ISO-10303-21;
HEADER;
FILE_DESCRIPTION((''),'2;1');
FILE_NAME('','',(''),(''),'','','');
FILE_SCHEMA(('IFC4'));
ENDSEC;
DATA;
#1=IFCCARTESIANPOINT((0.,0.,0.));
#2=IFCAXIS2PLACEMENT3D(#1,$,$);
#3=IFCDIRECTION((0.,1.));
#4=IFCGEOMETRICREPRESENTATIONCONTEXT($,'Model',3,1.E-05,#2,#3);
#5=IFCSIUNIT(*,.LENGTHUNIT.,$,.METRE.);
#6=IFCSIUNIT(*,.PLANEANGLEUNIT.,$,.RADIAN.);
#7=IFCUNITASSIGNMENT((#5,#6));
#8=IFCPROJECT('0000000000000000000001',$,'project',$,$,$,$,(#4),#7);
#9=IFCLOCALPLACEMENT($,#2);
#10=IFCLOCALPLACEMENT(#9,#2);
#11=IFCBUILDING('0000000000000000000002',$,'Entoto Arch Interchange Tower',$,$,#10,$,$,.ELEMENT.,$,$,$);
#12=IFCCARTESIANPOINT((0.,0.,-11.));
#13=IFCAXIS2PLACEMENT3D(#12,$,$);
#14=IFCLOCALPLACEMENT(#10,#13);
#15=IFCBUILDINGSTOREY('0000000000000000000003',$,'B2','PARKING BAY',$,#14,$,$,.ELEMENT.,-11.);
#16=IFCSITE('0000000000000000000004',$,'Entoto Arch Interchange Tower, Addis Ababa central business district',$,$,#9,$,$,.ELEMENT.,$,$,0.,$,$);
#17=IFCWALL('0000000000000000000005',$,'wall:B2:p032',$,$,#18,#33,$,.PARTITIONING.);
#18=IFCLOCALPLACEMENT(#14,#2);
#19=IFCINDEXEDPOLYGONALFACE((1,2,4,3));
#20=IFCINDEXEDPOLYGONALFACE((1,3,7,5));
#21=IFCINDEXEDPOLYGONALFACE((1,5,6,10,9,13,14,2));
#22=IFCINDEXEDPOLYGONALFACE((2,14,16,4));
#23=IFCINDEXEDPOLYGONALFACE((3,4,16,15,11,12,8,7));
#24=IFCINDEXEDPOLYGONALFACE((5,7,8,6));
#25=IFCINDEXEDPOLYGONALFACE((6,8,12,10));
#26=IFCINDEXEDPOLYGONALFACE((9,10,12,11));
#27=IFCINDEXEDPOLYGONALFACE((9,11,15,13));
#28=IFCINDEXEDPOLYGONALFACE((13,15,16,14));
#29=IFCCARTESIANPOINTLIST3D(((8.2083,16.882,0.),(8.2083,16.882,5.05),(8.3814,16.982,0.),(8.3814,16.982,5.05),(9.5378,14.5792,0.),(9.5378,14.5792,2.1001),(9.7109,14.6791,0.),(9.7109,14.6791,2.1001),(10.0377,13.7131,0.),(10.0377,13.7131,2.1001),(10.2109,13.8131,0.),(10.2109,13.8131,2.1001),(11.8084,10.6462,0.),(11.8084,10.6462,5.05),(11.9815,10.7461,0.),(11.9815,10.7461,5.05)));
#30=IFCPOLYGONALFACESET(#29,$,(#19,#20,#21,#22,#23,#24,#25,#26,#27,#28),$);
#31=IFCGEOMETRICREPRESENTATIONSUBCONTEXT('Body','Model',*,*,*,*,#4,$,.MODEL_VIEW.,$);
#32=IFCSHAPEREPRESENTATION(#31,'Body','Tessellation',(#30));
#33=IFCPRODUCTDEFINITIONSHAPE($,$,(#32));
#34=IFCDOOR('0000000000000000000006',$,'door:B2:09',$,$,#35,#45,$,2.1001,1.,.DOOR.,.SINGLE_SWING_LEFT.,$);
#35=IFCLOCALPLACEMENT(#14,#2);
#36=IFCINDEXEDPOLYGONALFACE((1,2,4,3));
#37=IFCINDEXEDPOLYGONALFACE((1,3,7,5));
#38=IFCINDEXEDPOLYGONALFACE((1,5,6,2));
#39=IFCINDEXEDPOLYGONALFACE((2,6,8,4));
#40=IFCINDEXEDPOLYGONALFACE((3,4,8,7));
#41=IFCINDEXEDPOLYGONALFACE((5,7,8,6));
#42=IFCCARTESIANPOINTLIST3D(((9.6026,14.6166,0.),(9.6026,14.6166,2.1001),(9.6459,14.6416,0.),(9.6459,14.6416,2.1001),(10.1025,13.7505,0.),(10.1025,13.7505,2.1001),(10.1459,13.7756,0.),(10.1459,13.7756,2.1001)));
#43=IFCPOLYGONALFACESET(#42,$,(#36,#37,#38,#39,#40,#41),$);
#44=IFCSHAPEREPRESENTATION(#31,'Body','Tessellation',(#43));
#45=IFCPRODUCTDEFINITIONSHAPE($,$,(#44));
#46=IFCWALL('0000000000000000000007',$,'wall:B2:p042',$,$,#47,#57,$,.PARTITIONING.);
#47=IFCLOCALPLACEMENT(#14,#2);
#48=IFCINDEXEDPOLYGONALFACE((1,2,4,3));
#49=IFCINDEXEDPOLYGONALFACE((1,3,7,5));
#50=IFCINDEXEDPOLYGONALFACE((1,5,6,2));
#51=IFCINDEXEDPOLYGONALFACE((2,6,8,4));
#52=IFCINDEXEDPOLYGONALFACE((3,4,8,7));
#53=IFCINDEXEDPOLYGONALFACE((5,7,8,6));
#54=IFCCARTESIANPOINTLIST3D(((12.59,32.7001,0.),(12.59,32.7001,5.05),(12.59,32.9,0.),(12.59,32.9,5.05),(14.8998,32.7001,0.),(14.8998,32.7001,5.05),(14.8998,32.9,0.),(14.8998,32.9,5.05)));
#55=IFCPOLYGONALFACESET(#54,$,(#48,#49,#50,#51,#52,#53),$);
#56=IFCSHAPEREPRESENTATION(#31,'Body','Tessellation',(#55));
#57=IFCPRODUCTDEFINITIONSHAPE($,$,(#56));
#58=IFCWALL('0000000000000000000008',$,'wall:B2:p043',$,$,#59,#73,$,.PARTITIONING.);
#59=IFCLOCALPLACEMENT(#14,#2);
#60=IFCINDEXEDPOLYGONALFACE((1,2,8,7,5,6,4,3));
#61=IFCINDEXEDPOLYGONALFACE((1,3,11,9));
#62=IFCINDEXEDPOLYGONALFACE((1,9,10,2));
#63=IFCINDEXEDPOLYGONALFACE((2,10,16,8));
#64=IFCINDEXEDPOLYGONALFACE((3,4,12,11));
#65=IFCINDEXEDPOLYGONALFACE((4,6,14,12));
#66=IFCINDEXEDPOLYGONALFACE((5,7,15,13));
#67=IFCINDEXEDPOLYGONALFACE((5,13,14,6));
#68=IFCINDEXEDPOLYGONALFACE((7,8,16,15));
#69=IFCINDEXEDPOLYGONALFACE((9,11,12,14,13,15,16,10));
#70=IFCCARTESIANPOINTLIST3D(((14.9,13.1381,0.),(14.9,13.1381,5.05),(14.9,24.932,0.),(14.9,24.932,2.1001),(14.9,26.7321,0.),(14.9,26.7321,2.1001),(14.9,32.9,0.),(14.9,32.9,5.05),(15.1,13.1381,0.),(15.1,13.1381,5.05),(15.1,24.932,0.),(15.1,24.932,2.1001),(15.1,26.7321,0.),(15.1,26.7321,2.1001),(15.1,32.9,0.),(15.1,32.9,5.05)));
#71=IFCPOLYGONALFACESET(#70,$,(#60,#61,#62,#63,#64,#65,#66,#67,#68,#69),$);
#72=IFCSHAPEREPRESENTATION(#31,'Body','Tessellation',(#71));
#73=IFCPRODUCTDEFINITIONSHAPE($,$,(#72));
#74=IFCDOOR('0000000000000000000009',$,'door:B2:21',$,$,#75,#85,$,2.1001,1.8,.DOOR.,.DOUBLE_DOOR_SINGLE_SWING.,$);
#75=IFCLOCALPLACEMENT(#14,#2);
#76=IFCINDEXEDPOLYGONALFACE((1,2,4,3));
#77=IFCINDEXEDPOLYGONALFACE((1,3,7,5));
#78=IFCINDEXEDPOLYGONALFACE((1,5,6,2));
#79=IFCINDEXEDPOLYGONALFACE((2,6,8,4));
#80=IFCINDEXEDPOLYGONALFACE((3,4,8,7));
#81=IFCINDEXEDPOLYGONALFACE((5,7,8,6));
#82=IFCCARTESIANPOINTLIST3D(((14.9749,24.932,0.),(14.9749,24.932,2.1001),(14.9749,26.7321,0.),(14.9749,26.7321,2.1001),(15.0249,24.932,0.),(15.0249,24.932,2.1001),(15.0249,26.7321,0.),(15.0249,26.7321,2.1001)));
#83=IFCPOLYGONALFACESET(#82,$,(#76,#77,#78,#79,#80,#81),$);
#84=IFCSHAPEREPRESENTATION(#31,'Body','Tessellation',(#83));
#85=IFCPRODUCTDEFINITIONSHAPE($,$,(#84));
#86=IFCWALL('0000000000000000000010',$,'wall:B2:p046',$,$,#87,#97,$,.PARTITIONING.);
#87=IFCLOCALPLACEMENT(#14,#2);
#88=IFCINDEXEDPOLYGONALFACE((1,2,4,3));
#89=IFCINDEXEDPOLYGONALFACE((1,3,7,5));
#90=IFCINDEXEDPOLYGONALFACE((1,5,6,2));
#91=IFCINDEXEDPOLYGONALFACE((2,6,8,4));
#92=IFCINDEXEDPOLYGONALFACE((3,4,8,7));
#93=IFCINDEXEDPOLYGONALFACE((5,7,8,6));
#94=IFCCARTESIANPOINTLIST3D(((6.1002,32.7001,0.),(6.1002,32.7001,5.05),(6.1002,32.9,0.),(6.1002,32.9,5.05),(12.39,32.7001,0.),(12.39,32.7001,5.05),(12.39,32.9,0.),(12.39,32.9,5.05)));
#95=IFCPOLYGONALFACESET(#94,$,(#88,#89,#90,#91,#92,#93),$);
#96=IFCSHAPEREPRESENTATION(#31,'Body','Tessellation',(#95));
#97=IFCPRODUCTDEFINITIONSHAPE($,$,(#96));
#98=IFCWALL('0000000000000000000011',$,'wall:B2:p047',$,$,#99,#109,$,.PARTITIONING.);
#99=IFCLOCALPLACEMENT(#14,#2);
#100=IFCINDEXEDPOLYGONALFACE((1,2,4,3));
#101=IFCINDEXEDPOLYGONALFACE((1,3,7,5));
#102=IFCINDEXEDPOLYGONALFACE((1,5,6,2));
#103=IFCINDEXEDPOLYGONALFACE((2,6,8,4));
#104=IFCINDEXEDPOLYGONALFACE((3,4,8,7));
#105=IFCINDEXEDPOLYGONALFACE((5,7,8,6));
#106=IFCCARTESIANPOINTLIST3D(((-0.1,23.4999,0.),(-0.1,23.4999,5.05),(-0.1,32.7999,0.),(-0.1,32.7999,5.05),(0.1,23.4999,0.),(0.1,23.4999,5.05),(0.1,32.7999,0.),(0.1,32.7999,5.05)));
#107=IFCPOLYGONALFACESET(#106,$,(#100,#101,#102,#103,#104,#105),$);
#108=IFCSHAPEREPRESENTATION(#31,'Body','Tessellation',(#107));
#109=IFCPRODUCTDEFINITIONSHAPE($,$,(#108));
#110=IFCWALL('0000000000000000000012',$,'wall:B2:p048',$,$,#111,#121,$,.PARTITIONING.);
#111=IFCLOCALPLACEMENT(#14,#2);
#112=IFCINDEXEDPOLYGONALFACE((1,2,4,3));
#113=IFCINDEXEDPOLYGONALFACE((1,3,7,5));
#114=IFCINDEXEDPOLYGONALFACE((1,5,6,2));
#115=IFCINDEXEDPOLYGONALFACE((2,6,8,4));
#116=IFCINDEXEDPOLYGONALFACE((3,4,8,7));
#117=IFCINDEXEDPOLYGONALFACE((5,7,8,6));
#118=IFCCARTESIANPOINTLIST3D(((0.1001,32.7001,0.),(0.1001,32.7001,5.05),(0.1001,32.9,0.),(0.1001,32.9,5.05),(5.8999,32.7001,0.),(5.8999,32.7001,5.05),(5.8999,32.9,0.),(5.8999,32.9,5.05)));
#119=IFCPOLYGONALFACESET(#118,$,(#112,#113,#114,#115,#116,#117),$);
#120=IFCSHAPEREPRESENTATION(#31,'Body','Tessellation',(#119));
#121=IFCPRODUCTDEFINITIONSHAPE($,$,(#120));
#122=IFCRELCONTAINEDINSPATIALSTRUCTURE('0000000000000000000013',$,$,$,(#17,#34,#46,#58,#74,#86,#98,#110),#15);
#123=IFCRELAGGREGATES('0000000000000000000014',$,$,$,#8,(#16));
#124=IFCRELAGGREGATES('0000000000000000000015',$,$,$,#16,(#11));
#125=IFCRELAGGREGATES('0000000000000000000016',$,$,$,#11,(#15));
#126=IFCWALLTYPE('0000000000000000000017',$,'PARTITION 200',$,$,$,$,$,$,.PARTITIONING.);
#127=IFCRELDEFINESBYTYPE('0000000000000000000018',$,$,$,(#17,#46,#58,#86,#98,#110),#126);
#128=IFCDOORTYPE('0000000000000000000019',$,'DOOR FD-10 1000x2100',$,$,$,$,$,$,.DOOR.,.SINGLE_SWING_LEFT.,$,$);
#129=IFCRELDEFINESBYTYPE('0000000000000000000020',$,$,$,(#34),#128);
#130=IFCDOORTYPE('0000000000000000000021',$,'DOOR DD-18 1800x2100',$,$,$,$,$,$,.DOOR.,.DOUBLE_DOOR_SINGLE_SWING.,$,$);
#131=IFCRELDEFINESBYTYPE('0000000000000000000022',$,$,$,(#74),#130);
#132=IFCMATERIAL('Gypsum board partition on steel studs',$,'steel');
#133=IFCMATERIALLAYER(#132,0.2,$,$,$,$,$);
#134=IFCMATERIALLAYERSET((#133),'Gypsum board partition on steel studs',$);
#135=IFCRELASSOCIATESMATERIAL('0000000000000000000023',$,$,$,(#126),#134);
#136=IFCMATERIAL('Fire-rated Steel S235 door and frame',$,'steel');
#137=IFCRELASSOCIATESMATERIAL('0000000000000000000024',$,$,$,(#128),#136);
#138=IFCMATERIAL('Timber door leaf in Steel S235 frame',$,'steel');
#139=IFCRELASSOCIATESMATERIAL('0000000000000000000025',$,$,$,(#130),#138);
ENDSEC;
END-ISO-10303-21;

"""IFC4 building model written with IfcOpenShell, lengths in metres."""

from ifc_helpers import new_model, si_unit, direction, frame, frame_2d, origin, place, context, subcontext, project, spatial, rectangle, extrude, material, layer, layer_set, type_object, element, fill, save


model = new_model("IFC4")

# Units and contexts
model_context = context("Model", 3, precision=1e-05, world=origin(), true_north=direction((0.0, 1.0)))
body_context = subcontext(model_context, "Body", "Model", "MODEL_VIEW")
ifc_project = project(units=[si_unit("LENGTHUNIT", "METRE"), si_unit("PLANEANGLEUNIT", "RADIAN")], contexts=[model_context])

# Site, building, storey
site_placement = place(None, origin())
site = spatial("IfcSite", under=ifc_project, at=site_placement, Name="Entoto Arch Interchange Tower, Addis Ababa central business district", CompositionType="ELEMENT", RefElevation=0.0)
building_placement = place(site_placement, origin())
building = spatial("IfcBuilding", under=site, at=building_placement, Name="Entoto Arch Interchange Tower", CompositionType="ELEMENT")
storey_placement = place(building_placement, frame((0.0, 0.0, -11.0)))
storey = spatial("IfcBuildingStorey", under=building, at=storey_placement, Name="B2", Description="PARKING BAY", CompositionType="ELEMENT", Elevation=-11.0)

# Wall, opening, door
ifc_material_1 = material(Name="Gypsum board partition on steel studs", Category="steel")
ifc_layer_1 = layer(ifc_material_1, 0.2)
ifc_layer_set_1 = layer_set([ifc_layer_1], Name="Gypsum board partition on steel studs")
wall_type_1 = type_object("IfcWallType", Name="PARTITION 200", PredefinedType="PARTITIONING", material=ifc_layer_set_1)
wall_1_placement = place(storey_placement, frame((8.2949, 16.9319, 0.0), z_axis=(0.0, 0.0, 1.0), x_axis=(0.499983, -0.866035, 0.0)))
wall_1 = element("IfcWall", 1, at=wall_1_placement, inside=storey, type_object=wall_type_1, Name="wall:B2:p032", PredefinedType="PARTITIONING", context=body_context, shape_type="SweptSolid", body=[
    extrude(rectangle(XDim=7.2004, YDim=0.2, at=frame_2d((3.6001, 0.0))), origin(), (0.0, 0.0, 1.0), 5.05),
])
opening_1_placement = place(wall_1_placement, frame((2.6589, 0.0, 0.0)))
opening_1 = element("IfcOpeningElement", 2, at=opening_1_placement, cuts=wall_1, PredefinedType="OPENING", context=body_context, shape_type="SweptSolid", body=[
    extrude(rectangle(XDim=1.0, YDim=2.1001, at=frame_2d((0.5, 1.05))), frame((0.0, 0.1099, 0.0), z_axis=(0.0, -1.0, 0.0), x_axis=(1.0, 0.0, 0.0)), (0.0, 0.0, 1.0), 0.22),
])
ifc_material_2 = material(Name="Fire-rated Steel S235 door and frame", Category="steel")
door_type_1 = type_object("IfcDoorType", Name="DOOR FD-10 1000x2100", OperationType="SINGLE_SWING_LEFT", PredefinedType="DOOR", material=ifc_material_2)
door_1_placement = place(opening_1_placement, origin())
door_1 = element("IfcDoor", 3, at=door_1_placement, inside=storey, type_object=door_type_1, Name="door:B2:09", OperationType="SINGLE_SWING_LEFT", OverallHeight=2.1001, OverallWidth=1.0, PredefinedType="DOOR", context=body_context, shape_type="SweptSolid", body=[
    extrude(rectangle(XDim=1.0, YDim=2.1001, at=frame_2d((0.5, 1.05))), frame((0.0, 0.0249, 0.0), z_axis=(0.0, -1.0, 0.0), x_axis=(1.0, 0.0, 0.0)), (0.0, 0.0, 1.0), 0.05),
])
fill(opening_1, door_1)

# Wall
wall_2_placement = place(storey_placement, frame((12.5901, 32.8, 0.0), z_axis=(0.0, 0.0, 1.0), x_axis=(1.0, 0.0, 0.0)))
element("IfcWall", 4, at=wall_2_placement, inside=storey, type_object=wall_type_1, Name="wall:B2:p042", PredefinedType="PARTITIONING", context=body_context, shape_type="SweptSolid", body=[
    extrude(rectangle(XDim=2.3098, YDim=0.2, at=frame_2d((1.1548, 0.0))), origin(), (0.0, 0.0, 1.0), 5.05),
])

# Wall, opening, door
wall_3_placement = place(storey_placement, frame((15.0, 32.8999, 0.0), z_axis=(0.0, 0.0, 1.0), x_axis=(0.0, -1.0, 0.0)))
wall_3 = element("IfcWall", 5, at=wall_3_placement, inside=storey, type_object=wall_type_1, Name="wall:B2:p043", PredefinedType="PARTITIONING", context=body_context, shape_type="SweptSolid", body=[
    extrude(rectangle(XDim=19.762, YDim=0.2, at=frame_2d((9.8809, 0.0))), origin(), (0.0, 0.0, 1.0), 5.05),
])
opening_2_placement = place(wall_3_placement, frame((6.168, 0.0, 0.0)))
opening_2 = element("IfcOpeningElement", 6, at=opening_2_placement, cuts=wall_3, PredefinedType="OPENING", context=body_context, shape_type="SweptSolid", body=[
    extrude(rectangle(XDim=1.8, YDim=2.1001, at=frame_2d((0.8999, 1.05))), frame((0.0, 0.1099, 0.0), z_axis=(0.0, -1.0, 0.0), x_axis=(1.0, 0.0, 0.0)), (0.0, 0.0, 1.0), 0.22),
])
ifc_material_3 = material(Name="Timber door leaf in Steel S235 frame", Category="steel")
door_type_2 = type_object("IfcDoorType", Name="DOOR DD-18 1800x2100", OperationType="DOUBLE_DOOR_SINGLE_SWING", PredefinedType="DOOR", material=ifc_material_3)
door_2_placement = place(opening_2_placement, origin())
door_2 = element("IfcDoor", 7, at=door_2_placement, inside=storey, type_object=door_type_2, Name="door:B2:21", OperationType="DOUBLE_DOOR_SINGLE_SWING", OverallHeight=2.1001, OverallWidth=1.8, PredefinedType="DOOR", context=body_context, shape_type="SweptSolid", body=[
    extrude(rectangle(XDim=1.8, YDim=2.1001, at=frame_2d((0.8999, 1.05))), frame((0.0, 0.0249, 0.0), z_axis=(0.0, -1.0, 0.0), x_axis=(1.0, 0.0, 0.0)), (0.0, 0.0, 1.0), 0.05),
])
fill(opening_2, door_2)

# Walls
wall_4_placement = place(storey_placement, frame((6.1001, 32.8, 0.0), z_axis=(0.0, 0.0, 1.0), x_axis=(1.0, 0.0, 0.0)))
element("IfcWall", 8, at=wall_4_placement, inside=storey, type_object=wall_type_1, Name="wall:B2:p046", PredefinedType="PARTITIONING", context=body_context, shape_type="SweptSolid", body=[
    extrude(rectangle(XDim=6.2898, YDim=0.2, at=frame_2d((3.145, 0.0))), origin(), (0.0, 0.0, 1.0), 5.05),
])
wall_5_placement = place(storey_placement, frame((0.0, 23.5, 0.0), z_axis=(0.0, 0.0, 1.0), x_axis=(0.0, 1.0, 0.0)))
element("IfcWall", 9, at=wall_5_placement, inside=storey, type_object=wall_type_1, Name="wall:B2:p047", PredefinedType="PARTITIONING", context=body_context, shape_type="SweptSolid", body=[
    extrude(rectangle(XDim=9.3, YDim=0.2, at=frame_2d((4.6499, 0.0))), origin(), (0.0, 0.0, 1.0), 5.05),
])
wall_6_placement = place(storey_placement, frame((0.1001, 32.8, 0.0), z_axis=(0.0, 0.0, 1.0), x_axis=(1.0, 0.0, 0.0)))
element("IfcWall", 10, at=wall_6_placement, inside=storey, type_object=wall_type_1, Name="wall:B2:p048", PredefinedType="PARTITIONING", context=body_context, shape_type="SweptSolid", body=[
    extrude(rectangle(XDim=5.7998, YDim=0.2, at=frame_2d((2.8999, 0.0))), origin(), (0.0, 0.0, 1.0), 5.05),
])

save(model, "model.ifc")
